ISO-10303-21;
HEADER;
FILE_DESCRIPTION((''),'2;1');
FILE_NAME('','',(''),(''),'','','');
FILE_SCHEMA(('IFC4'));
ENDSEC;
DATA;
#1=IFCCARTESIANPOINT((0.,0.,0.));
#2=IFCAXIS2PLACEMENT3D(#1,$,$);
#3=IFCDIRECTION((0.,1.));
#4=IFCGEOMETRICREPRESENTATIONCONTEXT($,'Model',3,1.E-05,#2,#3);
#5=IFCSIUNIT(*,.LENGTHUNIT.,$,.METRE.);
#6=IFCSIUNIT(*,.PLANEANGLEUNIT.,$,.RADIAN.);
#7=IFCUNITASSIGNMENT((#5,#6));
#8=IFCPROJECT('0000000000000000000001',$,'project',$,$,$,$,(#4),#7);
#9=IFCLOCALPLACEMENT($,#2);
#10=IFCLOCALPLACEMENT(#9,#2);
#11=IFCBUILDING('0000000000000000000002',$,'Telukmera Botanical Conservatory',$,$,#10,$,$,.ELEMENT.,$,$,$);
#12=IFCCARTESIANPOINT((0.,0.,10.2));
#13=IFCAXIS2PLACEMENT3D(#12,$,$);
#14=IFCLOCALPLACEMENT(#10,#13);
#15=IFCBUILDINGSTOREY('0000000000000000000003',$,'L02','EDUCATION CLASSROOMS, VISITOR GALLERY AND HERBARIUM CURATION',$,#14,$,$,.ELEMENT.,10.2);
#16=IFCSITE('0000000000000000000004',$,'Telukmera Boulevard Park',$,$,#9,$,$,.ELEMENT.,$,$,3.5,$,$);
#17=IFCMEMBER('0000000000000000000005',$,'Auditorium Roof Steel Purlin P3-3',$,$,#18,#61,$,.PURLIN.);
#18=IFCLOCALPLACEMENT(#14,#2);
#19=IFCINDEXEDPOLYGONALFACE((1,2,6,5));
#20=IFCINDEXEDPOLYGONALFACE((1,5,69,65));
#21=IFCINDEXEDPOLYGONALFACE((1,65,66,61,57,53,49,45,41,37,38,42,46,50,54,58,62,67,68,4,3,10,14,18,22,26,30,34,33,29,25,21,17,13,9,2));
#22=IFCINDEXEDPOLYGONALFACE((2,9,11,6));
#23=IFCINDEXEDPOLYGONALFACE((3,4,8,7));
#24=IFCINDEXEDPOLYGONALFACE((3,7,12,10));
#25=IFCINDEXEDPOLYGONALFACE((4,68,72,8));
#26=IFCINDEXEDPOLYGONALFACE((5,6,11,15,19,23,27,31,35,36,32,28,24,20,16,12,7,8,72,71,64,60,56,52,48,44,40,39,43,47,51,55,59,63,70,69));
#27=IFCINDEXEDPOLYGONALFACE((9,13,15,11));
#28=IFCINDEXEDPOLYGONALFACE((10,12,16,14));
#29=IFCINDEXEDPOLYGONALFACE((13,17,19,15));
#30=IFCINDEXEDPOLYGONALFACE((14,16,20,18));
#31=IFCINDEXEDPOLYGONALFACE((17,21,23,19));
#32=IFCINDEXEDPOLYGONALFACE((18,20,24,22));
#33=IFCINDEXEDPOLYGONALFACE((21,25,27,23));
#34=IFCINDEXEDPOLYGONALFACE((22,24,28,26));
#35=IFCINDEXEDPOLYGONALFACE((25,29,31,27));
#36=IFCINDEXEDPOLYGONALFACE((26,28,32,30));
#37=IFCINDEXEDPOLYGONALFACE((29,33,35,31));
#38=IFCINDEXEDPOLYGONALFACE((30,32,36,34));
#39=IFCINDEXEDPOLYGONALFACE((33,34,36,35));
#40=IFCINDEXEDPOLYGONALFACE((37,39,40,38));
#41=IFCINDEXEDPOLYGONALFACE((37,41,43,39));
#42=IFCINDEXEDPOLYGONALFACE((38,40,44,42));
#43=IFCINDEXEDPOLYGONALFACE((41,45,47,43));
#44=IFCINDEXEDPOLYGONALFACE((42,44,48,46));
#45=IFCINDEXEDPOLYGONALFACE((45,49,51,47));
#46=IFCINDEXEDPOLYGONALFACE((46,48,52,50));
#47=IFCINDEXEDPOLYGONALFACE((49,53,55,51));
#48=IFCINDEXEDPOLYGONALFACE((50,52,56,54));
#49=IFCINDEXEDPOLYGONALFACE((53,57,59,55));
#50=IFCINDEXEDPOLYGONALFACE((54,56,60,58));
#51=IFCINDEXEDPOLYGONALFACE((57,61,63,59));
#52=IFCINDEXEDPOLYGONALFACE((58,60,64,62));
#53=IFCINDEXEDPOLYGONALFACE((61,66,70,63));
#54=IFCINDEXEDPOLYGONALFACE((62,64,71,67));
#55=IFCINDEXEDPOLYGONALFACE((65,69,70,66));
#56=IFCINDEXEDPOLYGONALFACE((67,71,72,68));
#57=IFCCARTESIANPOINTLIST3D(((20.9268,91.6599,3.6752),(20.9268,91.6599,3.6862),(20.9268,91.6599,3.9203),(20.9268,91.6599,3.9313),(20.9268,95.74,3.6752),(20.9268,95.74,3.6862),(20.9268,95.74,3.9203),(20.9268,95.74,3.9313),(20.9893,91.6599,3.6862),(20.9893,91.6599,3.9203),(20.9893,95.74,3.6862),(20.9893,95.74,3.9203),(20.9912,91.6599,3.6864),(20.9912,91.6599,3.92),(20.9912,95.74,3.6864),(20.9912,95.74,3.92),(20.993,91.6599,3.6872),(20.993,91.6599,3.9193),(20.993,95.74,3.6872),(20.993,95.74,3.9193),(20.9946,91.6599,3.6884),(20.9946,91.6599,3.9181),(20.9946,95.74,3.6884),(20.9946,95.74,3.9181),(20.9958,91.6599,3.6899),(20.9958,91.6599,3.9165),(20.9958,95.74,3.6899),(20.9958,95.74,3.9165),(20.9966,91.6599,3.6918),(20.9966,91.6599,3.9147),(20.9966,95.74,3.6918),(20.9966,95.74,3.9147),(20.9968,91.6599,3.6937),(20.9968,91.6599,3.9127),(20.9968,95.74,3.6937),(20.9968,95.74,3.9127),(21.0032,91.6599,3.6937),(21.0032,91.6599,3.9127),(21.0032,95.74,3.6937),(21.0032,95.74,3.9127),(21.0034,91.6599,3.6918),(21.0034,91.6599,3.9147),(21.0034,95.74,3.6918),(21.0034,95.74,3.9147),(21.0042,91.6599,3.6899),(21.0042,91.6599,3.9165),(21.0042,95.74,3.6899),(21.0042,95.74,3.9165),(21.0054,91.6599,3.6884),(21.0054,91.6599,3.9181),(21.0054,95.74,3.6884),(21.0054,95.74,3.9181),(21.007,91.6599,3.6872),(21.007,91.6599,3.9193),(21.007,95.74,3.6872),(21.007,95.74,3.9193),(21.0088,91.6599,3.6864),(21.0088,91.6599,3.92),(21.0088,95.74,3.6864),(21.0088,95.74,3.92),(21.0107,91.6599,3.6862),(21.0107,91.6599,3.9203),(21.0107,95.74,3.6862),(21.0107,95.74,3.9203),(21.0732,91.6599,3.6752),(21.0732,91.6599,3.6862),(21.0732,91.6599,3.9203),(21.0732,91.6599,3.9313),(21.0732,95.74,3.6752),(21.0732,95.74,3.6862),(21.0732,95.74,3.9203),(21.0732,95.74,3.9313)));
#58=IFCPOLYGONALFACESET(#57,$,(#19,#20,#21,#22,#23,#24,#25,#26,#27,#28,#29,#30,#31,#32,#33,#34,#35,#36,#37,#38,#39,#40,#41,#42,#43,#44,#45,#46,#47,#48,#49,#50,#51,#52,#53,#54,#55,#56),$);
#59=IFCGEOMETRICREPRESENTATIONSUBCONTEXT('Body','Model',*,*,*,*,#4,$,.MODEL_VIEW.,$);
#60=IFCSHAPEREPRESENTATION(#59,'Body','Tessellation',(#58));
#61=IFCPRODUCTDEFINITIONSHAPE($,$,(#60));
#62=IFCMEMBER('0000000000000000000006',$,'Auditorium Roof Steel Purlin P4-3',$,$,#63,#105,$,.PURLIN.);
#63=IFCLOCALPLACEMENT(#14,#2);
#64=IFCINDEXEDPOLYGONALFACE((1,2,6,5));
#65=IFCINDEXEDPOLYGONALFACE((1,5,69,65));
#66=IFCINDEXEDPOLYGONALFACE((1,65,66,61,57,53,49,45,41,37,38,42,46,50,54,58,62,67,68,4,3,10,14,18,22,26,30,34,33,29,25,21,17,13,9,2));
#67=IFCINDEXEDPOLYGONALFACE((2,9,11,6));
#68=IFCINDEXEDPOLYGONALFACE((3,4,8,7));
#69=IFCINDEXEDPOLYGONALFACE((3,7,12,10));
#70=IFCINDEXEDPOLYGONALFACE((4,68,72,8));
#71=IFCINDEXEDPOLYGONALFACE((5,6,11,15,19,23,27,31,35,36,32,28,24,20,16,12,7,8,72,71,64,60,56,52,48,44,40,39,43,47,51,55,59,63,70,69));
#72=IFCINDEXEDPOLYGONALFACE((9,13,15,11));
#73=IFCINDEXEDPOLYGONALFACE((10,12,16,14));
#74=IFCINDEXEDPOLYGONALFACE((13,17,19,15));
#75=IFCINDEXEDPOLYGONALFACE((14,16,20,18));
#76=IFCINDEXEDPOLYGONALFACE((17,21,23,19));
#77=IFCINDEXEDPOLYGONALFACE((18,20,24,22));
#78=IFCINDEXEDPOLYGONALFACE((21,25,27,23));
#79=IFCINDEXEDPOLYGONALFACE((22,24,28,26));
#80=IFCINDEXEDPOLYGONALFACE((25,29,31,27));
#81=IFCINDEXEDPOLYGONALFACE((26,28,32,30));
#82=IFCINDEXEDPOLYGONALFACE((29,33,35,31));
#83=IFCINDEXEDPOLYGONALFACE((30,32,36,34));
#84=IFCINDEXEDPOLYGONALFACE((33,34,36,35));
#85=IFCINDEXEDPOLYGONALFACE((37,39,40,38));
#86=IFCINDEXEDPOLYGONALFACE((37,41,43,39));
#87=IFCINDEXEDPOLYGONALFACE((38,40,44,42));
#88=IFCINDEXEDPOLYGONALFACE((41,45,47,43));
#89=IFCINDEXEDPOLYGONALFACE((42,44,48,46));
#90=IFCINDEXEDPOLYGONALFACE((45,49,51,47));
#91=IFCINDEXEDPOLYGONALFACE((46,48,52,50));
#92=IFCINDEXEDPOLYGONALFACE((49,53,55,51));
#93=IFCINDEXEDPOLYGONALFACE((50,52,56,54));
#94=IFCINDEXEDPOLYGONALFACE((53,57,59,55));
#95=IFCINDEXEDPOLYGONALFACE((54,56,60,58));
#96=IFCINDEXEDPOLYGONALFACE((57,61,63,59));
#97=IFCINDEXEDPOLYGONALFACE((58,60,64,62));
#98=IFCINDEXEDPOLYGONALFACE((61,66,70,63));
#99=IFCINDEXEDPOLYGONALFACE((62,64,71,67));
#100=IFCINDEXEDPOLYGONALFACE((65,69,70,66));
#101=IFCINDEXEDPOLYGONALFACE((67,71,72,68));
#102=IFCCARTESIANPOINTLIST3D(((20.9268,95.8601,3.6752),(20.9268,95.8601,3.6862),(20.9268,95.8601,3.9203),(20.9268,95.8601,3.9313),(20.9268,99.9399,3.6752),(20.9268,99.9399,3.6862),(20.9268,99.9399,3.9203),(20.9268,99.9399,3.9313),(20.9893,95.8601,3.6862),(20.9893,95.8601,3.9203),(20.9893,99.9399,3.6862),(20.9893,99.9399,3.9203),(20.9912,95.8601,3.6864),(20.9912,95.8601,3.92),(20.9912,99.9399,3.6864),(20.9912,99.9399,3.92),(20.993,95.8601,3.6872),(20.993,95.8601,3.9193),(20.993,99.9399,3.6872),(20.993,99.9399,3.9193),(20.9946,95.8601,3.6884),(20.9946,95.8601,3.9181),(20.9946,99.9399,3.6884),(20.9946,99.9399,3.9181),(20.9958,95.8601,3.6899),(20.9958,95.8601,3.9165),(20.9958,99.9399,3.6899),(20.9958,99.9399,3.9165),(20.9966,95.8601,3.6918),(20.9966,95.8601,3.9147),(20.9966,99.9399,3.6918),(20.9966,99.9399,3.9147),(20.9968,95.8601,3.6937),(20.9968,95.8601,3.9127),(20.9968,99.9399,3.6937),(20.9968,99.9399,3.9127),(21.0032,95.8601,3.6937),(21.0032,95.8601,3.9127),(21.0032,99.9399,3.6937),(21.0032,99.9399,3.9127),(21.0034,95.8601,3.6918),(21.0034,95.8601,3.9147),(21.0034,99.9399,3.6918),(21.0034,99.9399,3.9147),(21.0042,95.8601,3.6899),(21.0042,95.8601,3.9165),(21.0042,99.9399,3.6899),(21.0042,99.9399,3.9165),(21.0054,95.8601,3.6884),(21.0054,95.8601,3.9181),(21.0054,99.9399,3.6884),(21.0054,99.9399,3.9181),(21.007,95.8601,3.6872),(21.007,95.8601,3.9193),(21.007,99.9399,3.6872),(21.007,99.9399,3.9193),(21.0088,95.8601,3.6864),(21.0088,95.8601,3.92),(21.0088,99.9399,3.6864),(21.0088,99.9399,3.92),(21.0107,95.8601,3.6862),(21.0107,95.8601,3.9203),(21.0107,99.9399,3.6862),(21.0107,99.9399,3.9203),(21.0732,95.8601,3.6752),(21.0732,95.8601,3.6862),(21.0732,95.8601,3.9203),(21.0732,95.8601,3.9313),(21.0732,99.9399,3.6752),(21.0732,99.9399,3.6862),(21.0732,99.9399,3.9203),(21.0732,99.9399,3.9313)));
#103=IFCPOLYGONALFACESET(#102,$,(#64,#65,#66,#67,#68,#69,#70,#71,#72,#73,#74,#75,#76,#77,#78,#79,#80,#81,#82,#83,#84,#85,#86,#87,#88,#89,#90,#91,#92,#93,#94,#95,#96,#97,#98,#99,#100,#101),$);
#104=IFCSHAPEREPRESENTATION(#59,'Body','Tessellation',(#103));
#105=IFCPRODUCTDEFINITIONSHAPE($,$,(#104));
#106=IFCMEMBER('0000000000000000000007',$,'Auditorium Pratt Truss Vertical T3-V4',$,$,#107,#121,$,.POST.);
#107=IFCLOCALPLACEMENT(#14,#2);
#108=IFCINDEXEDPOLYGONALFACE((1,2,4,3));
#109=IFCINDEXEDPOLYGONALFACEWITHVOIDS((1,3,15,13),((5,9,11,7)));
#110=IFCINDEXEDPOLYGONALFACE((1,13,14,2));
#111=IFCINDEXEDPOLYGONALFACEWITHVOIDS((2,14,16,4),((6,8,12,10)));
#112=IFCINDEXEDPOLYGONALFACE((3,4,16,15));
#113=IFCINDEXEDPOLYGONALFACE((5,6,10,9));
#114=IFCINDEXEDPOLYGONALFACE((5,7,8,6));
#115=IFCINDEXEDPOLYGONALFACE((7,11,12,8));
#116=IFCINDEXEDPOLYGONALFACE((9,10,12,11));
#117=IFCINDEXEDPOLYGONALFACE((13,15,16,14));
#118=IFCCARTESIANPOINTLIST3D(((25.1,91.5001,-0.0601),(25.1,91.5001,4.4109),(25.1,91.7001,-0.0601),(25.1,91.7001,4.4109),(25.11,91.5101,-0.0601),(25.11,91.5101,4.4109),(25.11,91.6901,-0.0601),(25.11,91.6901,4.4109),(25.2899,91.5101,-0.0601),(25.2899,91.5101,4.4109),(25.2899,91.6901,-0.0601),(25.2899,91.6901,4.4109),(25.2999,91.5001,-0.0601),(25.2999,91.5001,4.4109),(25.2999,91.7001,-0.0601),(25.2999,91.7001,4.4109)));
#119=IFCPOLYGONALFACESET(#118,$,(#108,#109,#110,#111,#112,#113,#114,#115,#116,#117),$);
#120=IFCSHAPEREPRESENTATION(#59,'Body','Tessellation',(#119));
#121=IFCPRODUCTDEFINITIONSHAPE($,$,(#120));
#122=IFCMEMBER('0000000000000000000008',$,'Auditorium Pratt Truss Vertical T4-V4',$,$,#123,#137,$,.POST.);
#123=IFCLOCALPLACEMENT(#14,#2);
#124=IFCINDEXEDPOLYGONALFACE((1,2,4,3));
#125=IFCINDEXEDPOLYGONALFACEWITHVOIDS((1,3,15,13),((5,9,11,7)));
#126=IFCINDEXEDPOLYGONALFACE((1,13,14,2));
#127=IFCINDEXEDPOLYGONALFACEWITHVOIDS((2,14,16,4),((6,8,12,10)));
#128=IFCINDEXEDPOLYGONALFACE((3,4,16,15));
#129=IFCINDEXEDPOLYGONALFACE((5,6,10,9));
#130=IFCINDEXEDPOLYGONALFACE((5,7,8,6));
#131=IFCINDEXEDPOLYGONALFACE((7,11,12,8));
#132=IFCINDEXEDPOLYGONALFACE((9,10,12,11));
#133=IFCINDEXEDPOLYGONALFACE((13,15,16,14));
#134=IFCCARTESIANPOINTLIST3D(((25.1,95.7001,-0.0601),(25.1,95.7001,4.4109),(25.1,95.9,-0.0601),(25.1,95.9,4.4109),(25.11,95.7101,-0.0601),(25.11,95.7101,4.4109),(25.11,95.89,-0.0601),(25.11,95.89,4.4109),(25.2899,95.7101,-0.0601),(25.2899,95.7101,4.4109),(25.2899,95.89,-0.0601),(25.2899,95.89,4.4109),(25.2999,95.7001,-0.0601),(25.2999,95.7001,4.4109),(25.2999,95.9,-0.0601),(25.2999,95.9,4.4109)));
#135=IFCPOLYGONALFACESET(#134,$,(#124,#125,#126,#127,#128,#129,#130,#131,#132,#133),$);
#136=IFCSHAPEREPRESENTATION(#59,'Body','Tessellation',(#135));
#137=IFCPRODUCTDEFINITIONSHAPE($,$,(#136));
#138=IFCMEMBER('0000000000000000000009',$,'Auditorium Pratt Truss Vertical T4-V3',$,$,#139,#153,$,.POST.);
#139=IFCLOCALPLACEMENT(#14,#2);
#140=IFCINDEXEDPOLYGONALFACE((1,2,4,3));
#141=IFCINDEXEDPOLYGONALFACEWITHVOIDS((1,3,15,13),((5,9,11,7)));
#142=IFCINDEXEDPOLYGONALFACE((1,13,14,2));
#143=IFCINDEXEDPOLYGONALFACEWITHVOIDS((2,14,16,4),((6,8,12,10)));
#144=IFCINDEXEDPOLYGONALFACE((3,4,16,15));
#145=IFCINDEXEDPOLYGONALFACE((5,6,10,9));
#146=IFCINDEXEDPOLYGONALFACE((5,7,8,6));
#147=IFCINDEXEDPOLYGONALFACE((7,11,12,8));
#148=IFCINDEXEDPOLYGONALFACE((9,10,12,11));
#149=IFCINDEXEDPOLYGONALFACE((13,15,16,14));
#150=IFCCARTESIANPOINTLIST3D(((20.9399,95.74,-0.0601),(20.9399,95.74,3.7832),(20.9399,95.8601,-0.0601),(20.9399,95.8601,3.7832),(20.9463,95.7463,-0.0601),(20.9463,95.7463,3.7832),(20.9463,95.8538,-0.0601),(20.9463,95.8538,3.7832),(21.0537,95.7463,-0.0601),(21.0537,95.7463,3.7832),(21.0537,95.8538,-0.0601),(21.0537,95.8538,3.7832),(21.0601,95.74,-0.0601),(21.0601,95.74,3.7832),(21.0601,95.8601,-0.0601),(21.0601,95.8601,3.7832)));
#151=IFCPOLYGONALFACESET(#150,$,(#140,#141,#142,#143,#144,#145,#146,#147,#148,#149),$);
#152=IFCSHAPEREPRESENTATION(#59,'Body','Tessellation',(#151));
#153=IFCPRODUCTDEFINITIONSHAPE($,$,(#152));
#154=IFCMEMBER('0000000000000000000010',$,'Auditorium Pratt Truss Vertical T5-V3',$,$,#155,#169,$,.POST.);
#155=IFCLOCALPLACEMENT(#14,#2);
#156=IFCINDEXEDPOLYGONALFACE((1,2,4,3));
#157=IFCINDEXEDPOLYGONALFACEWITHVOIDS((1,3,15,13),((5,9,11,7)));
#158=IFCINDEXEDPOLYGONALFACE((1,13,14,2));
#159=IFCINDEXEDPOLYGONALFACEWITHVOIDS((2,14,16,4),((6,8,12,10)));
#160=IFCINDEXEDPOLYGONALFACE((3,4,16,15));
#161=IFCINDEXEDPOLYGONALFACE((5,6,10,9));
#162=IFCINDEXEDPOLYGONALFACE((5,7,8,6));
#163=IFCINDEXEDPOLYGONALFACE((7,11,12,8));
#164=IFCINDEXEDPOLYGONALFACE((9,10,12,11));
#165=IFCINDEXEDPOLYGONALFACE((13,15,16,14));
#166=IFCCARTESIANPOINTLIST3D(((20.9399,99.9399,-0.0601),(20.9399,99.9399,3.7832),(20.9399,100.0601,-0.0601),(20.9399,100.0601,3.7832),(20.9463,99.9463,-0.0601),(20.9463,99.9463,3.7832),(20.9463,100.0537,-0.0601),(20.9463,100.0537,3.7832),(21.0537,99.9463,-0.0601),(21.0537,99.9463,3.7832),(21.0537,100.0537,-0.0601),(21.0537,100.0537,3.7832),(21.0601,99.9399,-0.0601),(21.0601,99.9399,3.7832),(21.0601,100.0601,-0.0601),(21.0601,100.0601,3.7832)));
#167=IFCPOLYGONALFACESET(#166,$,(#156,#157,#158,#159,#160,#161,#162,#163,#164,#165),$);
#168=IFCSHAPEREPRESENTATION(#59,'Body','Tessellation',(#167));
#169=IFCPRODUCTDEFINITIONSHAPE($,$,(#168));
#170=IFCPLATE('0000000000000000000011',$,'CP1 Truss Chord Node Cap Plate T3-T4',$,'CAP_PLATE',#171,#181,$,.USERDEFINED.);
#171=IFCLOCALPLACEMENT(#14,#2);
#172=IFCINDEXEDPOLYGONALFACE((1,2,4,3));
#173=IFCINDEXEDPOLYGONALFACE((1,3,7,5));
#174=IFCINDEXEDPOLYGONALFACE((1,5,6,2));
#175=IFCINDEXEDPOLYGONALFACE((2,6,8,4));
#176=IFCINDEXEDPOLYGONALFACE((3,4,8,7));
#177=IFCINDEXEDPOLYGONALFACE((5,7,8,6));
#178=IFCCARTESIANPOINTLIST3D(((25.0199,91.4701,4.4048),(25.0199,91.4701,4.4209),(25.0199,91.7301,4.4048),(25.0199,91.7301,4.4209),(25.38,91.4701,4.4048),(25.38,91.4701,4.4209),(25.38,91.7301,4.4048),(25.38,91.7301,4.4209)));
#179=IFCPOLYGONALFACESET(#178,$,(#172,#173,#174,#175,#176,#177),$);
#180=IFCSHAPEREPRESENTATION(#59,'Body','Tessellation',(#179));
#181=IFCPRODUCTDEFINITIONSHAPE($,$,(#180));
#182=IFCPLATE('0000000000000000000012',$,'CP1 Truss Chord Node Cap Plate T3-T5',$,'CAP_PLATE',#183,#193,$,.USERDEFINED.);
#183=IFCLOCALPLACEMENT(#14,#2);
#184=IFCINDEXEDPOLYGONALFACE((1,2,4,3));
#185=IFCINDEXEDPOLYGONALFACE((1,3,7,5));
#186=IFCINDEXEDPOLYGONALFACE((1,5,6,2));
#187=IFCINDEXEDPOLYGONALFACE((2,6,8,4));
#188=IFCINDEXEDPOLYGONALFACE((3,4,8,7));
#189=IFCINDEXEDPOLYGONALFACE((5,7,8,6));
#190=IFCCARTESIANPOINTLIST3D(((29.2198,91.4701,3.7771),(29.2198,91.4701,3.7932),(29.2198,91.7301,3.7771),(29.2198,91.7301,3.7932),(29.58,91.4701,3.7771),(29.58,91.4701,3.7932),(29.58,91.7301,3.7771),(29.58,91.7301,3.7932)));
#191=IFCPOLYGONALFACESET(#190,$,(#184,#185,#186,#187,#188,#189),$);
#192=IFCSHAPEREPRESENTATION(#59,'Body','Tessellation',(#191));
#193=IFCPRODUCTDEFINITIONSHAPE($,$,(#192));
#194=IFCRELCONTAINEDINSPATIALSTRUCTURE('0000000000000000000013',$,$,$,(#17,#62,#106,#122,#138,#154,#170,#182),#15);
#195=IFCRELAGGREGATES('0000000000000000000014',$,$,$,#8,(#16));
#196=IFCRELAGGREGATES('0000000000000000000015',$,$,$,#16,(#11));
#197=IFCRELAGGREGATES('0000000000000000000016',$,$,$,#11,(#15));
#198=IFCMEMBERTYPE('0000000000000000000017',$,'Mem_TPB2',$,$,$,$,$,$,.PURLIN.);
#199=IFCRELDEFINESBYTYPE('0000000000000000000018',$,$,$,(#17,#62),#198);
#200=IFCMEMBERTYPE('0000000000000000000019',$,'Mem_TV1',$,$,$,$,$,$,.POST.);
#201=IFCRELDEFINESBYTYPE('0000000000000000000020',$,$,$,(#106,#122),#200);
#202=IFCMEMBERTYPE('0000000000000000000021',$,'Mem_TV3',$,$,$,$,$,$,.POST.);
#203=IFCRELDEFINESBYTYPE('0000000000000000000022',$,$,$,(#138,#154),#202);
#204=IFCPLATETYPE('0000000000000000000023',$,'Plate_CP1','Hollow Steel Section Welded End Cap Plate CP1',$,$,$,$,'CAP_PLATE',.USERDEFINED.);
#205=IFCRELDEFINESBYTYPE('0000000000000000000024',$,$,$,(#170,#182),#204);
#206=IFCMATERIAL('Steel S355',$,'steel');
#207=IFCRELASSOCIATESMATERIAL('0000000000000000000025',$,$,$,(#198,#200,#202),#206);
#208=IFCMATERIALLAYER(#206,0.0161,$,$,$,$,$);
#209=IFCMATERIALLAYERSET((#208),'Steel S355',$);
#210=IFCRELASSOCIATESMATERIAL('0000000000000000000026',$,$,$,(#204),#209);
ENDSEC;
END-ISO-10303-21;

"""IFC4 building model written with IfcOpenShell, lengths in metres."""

from ifc_helpers import new_model, si_unit, direction, frame, origin, origin_2d, place, context, subcontext, project, spatial, rectangle, hollow_rectangle, i_section, extrude, material, layer, layer_set, material_profile, profile_set, type_object, element, save


model = new_model("IFC4")

# Units and contexts
model_context = context("Model", 3, precision=1e-05, world=origin(), true_north=direction((0.0, 1.0)))
body_context = subcontext(model_context, "Body", "Model", "MODEL_VIEW")
ifc_project = project(units=[si_unit("LENGTHUNIT", "METRE"), si_unit("PLANEANGLEUNIT", "RADIAN")], contexts=[model_context])

# Site, building, storey
site_placement = place(None, origin())
site = spatial("IfcSite", under=ifc_project, at=site_placement, Name="Telukmera Boulevard Park", CompositionType="ELEMENT", RefElevation=3.5)
building_placement = place(site_placement, origin())
building = spatial("IfcBuilding", under=site, at=building_placement, Name="Telukmera Botanical Conservatory", CompositionType="ELEMENT")
storey_placement = place(building_placement, frame((0.0, 0.0, 10.2)))
storey = spatial("IfcBuildingStorey", under=building, at=storey_placement, Name="L02", Description="EDUCATION CLASSROOMS, VISITOR GALLERY AND HERBARIUM CURATION", CompositionType="ELEMENT", Elevation=10.2)

# Members
ifc_material = material(Name="Steel S355", Category="steel")
ifc_material_profile_1 = material_profile(ifc_material, i_section(OverallWidth=0.1465, OverallDepth=0.2561, WebThickness=0.0063, FlangeThickness=0.011, FilletRadius=0.0076, at=origin_2d()), Name="UB 254x146x37")
ifc_profile_set_1 = profile_set([ifc_material_profile_1], Name="Steel S355")
member_type_1 = type_object("IfcMemberType", Name="Mem_TPB2", PredefinedType="PURLIN", material=ifc_profile_set_1)
member_1_placement = place(storey_placement, frame((21.0, 91.6599, 3.8032), z_axis=(0.0, 1.0, 0.0), x_axis=(-1.0, 0.0, 0.0)))
element("IfcMember", 1, at=member_1_placement, inside=storey, type_object=member_type_1, Name="Auditorium Roof Steel Purlin P3-3", PredefinedType="PURLIN", context=body_context, shape_type="SweptSolid", body=[
    extrude(i_section(OverallWidth=0.1465, OverallDepth=0.2561, WebThickness=0.0063, FlangeThickness=0.011, FilletRadius=0.0076, at=origin_2d()), origin(), (0.0, 0.0, 1.0), 4.0801),
])
member_2_placement = place(storey_placement, frame((21.0, 95.8601, 3.8032), z_axis=(0.0, 1.0, 0.0), x_axis=(-1.0, 0.0, 0.0)))
element("IfcMember", 2, at=member_2_placement, inside=storey, type_object=member_type_1, Name="Auditorium Roof Steel Purlin P4-3", PredefinedType="PURLIN", context=body_context, shape_type="SweptSolid", body=[
    extrude(i_section(OverallWidth=0.1465, OverallDepth=0.2561, WebThickness=0.0063, FlangeThickness=0.011, FilletRadius=0.0076, at=origin_2d()), origin(), (0.0, 0.0, 1.0), 4.0798),
])
ifc_material_profile_2 = material_profile(ifc_material, hollow_rectangle(XDim=0.2, YDim=0.2, WallThickness=0.01, at=origin_2d()), Name="SHS 200x200x10.0")
ifc_profile_set_2 = profile_set([ifc_material_profile_2], Name="Steel S355")
member_type_2 = type_object("IfcMemberType", Name="Mem_TV1", PredefinedType="POST", material=ifc_profile_set_2)
for number, where, z_axis, x_axis, name in (
    (3, (25.2, 91.6001, -0.0601), (0.0, 0.0, 1.0), (1.0, 0.0, 0.0), "Auditorium Pratt Truss Vertical T3-V4"),
    (4, (25.2, 95.8, -0.0601), (0.0, 0.0, 1.0), (1.0, 0.0, 0.0), "Auditorium Pratt Truss Vertical T4-V4"),
):
    element("IfcMember", number, at=place(storey_placement, frame(where, z_axis=z_axis, x_axis=x_axis)), inside=storey, type_object=member_type_2, Name=name, PredefinedType="POST", context=body_context, shape_type="SweptSolid", body=[
        extrude(hollow_rectangle(XDim=0.2, YDim=0.2, WallThickness=0.01, at=origin_2d()), origin(), (0.0, 0.0, 1.0), 4.4709),
    ])
ifc_material_profile_3 = material_profile(ifc_material, hollow_rectangle(XDim=0.1201, YDim=0.1201, WallThickness=0.0063, at=origin_2d()), Name="SHS 120x120x6.3")
ifc_profile_set_3 = profile_set([ifc_material_profile_3], Name="Steel S355")
member_type_3 = type_object("IfcMemberType", Name="Mem_TV3", PredefinedType="POST", material=ifc_profile_set_3)
for number, where, z_axis, x_axis, name in (
    (5, (21.0, 95.8, -0.0601), (0.0, 0.0, 1.0), (1.0, 0.0, 0.0), "Auditorium Pratt Truss Vertical T4-V3"),
    (6, (21.0, 100.0, -0.0601), (0.0, 0.0, 1.0), (1.0, 0.0, 0.0), "Auditorium Pratt Truss Vertical T5-V3"),
):
    element("IfcMember", number, at=place(storey_placement, frame(where, z_axis=z_axis, x_axis=x_axis)), inside=storey, type_object=member_type_3, Name=name, PredefinedType="POST", context=body_context, shape_type="SweptSolid", body=[
        extrude(hollow_rectangle(XDim=0.1201, YDim=0.1201, WallThickness=0.0063, at=origin_2d()), origin(), (0.0, 0.0, 1.0), 3.8433),
    ])

# Plates
ifc_layer_1 = layer(ifc_material, 0.0161)
ifc_layer_set_1 = layer_set([ifc_layer_1], Name="Steel S355")
plate_type_1 = type_object("IfcPlateType", Name="Plate_CP1", Description="Hollow Steel Section Welded End Cap Plate CP1", ElementType="CAP_PLATE", PredefinedType="USERDEFINED", material=ifc_layer_set_1)
for number, where, z_axis, x_axis, name in (
    (7, (25.2, 91.6001, 4.4048), (0.0, 0.0, 1.0), (1.0, 0.0, 0.0), "CP1 Truss Chord Node Cap Plate T3-T4"),
    (8, (29.3999, 91.6001, 3.7771), (0.0, 0.0, 1.0), (1.0, 0.0, 0.0), "CP1 Truss Chord Node Cap Plate T3-T5"),
):
    element("IfcPlate", number, at=place(storey_placement, frame(where, z_axis=z_axis, x_axis=x_axis)), inside=storey, type_object=plate_type_1, Name=name, ObjectType="CAP_PLATE", PredefinedType="USERDEFINED", context=body_context, shape_type="SweptSolid", body=[
        extrude(rectangle(XDim=0.3601, YDim=0.26, at=origin_2d()), origin(), (0.0, 0.0, 1.0), 0.0161),
    ])

save(model, "model.ifc")
